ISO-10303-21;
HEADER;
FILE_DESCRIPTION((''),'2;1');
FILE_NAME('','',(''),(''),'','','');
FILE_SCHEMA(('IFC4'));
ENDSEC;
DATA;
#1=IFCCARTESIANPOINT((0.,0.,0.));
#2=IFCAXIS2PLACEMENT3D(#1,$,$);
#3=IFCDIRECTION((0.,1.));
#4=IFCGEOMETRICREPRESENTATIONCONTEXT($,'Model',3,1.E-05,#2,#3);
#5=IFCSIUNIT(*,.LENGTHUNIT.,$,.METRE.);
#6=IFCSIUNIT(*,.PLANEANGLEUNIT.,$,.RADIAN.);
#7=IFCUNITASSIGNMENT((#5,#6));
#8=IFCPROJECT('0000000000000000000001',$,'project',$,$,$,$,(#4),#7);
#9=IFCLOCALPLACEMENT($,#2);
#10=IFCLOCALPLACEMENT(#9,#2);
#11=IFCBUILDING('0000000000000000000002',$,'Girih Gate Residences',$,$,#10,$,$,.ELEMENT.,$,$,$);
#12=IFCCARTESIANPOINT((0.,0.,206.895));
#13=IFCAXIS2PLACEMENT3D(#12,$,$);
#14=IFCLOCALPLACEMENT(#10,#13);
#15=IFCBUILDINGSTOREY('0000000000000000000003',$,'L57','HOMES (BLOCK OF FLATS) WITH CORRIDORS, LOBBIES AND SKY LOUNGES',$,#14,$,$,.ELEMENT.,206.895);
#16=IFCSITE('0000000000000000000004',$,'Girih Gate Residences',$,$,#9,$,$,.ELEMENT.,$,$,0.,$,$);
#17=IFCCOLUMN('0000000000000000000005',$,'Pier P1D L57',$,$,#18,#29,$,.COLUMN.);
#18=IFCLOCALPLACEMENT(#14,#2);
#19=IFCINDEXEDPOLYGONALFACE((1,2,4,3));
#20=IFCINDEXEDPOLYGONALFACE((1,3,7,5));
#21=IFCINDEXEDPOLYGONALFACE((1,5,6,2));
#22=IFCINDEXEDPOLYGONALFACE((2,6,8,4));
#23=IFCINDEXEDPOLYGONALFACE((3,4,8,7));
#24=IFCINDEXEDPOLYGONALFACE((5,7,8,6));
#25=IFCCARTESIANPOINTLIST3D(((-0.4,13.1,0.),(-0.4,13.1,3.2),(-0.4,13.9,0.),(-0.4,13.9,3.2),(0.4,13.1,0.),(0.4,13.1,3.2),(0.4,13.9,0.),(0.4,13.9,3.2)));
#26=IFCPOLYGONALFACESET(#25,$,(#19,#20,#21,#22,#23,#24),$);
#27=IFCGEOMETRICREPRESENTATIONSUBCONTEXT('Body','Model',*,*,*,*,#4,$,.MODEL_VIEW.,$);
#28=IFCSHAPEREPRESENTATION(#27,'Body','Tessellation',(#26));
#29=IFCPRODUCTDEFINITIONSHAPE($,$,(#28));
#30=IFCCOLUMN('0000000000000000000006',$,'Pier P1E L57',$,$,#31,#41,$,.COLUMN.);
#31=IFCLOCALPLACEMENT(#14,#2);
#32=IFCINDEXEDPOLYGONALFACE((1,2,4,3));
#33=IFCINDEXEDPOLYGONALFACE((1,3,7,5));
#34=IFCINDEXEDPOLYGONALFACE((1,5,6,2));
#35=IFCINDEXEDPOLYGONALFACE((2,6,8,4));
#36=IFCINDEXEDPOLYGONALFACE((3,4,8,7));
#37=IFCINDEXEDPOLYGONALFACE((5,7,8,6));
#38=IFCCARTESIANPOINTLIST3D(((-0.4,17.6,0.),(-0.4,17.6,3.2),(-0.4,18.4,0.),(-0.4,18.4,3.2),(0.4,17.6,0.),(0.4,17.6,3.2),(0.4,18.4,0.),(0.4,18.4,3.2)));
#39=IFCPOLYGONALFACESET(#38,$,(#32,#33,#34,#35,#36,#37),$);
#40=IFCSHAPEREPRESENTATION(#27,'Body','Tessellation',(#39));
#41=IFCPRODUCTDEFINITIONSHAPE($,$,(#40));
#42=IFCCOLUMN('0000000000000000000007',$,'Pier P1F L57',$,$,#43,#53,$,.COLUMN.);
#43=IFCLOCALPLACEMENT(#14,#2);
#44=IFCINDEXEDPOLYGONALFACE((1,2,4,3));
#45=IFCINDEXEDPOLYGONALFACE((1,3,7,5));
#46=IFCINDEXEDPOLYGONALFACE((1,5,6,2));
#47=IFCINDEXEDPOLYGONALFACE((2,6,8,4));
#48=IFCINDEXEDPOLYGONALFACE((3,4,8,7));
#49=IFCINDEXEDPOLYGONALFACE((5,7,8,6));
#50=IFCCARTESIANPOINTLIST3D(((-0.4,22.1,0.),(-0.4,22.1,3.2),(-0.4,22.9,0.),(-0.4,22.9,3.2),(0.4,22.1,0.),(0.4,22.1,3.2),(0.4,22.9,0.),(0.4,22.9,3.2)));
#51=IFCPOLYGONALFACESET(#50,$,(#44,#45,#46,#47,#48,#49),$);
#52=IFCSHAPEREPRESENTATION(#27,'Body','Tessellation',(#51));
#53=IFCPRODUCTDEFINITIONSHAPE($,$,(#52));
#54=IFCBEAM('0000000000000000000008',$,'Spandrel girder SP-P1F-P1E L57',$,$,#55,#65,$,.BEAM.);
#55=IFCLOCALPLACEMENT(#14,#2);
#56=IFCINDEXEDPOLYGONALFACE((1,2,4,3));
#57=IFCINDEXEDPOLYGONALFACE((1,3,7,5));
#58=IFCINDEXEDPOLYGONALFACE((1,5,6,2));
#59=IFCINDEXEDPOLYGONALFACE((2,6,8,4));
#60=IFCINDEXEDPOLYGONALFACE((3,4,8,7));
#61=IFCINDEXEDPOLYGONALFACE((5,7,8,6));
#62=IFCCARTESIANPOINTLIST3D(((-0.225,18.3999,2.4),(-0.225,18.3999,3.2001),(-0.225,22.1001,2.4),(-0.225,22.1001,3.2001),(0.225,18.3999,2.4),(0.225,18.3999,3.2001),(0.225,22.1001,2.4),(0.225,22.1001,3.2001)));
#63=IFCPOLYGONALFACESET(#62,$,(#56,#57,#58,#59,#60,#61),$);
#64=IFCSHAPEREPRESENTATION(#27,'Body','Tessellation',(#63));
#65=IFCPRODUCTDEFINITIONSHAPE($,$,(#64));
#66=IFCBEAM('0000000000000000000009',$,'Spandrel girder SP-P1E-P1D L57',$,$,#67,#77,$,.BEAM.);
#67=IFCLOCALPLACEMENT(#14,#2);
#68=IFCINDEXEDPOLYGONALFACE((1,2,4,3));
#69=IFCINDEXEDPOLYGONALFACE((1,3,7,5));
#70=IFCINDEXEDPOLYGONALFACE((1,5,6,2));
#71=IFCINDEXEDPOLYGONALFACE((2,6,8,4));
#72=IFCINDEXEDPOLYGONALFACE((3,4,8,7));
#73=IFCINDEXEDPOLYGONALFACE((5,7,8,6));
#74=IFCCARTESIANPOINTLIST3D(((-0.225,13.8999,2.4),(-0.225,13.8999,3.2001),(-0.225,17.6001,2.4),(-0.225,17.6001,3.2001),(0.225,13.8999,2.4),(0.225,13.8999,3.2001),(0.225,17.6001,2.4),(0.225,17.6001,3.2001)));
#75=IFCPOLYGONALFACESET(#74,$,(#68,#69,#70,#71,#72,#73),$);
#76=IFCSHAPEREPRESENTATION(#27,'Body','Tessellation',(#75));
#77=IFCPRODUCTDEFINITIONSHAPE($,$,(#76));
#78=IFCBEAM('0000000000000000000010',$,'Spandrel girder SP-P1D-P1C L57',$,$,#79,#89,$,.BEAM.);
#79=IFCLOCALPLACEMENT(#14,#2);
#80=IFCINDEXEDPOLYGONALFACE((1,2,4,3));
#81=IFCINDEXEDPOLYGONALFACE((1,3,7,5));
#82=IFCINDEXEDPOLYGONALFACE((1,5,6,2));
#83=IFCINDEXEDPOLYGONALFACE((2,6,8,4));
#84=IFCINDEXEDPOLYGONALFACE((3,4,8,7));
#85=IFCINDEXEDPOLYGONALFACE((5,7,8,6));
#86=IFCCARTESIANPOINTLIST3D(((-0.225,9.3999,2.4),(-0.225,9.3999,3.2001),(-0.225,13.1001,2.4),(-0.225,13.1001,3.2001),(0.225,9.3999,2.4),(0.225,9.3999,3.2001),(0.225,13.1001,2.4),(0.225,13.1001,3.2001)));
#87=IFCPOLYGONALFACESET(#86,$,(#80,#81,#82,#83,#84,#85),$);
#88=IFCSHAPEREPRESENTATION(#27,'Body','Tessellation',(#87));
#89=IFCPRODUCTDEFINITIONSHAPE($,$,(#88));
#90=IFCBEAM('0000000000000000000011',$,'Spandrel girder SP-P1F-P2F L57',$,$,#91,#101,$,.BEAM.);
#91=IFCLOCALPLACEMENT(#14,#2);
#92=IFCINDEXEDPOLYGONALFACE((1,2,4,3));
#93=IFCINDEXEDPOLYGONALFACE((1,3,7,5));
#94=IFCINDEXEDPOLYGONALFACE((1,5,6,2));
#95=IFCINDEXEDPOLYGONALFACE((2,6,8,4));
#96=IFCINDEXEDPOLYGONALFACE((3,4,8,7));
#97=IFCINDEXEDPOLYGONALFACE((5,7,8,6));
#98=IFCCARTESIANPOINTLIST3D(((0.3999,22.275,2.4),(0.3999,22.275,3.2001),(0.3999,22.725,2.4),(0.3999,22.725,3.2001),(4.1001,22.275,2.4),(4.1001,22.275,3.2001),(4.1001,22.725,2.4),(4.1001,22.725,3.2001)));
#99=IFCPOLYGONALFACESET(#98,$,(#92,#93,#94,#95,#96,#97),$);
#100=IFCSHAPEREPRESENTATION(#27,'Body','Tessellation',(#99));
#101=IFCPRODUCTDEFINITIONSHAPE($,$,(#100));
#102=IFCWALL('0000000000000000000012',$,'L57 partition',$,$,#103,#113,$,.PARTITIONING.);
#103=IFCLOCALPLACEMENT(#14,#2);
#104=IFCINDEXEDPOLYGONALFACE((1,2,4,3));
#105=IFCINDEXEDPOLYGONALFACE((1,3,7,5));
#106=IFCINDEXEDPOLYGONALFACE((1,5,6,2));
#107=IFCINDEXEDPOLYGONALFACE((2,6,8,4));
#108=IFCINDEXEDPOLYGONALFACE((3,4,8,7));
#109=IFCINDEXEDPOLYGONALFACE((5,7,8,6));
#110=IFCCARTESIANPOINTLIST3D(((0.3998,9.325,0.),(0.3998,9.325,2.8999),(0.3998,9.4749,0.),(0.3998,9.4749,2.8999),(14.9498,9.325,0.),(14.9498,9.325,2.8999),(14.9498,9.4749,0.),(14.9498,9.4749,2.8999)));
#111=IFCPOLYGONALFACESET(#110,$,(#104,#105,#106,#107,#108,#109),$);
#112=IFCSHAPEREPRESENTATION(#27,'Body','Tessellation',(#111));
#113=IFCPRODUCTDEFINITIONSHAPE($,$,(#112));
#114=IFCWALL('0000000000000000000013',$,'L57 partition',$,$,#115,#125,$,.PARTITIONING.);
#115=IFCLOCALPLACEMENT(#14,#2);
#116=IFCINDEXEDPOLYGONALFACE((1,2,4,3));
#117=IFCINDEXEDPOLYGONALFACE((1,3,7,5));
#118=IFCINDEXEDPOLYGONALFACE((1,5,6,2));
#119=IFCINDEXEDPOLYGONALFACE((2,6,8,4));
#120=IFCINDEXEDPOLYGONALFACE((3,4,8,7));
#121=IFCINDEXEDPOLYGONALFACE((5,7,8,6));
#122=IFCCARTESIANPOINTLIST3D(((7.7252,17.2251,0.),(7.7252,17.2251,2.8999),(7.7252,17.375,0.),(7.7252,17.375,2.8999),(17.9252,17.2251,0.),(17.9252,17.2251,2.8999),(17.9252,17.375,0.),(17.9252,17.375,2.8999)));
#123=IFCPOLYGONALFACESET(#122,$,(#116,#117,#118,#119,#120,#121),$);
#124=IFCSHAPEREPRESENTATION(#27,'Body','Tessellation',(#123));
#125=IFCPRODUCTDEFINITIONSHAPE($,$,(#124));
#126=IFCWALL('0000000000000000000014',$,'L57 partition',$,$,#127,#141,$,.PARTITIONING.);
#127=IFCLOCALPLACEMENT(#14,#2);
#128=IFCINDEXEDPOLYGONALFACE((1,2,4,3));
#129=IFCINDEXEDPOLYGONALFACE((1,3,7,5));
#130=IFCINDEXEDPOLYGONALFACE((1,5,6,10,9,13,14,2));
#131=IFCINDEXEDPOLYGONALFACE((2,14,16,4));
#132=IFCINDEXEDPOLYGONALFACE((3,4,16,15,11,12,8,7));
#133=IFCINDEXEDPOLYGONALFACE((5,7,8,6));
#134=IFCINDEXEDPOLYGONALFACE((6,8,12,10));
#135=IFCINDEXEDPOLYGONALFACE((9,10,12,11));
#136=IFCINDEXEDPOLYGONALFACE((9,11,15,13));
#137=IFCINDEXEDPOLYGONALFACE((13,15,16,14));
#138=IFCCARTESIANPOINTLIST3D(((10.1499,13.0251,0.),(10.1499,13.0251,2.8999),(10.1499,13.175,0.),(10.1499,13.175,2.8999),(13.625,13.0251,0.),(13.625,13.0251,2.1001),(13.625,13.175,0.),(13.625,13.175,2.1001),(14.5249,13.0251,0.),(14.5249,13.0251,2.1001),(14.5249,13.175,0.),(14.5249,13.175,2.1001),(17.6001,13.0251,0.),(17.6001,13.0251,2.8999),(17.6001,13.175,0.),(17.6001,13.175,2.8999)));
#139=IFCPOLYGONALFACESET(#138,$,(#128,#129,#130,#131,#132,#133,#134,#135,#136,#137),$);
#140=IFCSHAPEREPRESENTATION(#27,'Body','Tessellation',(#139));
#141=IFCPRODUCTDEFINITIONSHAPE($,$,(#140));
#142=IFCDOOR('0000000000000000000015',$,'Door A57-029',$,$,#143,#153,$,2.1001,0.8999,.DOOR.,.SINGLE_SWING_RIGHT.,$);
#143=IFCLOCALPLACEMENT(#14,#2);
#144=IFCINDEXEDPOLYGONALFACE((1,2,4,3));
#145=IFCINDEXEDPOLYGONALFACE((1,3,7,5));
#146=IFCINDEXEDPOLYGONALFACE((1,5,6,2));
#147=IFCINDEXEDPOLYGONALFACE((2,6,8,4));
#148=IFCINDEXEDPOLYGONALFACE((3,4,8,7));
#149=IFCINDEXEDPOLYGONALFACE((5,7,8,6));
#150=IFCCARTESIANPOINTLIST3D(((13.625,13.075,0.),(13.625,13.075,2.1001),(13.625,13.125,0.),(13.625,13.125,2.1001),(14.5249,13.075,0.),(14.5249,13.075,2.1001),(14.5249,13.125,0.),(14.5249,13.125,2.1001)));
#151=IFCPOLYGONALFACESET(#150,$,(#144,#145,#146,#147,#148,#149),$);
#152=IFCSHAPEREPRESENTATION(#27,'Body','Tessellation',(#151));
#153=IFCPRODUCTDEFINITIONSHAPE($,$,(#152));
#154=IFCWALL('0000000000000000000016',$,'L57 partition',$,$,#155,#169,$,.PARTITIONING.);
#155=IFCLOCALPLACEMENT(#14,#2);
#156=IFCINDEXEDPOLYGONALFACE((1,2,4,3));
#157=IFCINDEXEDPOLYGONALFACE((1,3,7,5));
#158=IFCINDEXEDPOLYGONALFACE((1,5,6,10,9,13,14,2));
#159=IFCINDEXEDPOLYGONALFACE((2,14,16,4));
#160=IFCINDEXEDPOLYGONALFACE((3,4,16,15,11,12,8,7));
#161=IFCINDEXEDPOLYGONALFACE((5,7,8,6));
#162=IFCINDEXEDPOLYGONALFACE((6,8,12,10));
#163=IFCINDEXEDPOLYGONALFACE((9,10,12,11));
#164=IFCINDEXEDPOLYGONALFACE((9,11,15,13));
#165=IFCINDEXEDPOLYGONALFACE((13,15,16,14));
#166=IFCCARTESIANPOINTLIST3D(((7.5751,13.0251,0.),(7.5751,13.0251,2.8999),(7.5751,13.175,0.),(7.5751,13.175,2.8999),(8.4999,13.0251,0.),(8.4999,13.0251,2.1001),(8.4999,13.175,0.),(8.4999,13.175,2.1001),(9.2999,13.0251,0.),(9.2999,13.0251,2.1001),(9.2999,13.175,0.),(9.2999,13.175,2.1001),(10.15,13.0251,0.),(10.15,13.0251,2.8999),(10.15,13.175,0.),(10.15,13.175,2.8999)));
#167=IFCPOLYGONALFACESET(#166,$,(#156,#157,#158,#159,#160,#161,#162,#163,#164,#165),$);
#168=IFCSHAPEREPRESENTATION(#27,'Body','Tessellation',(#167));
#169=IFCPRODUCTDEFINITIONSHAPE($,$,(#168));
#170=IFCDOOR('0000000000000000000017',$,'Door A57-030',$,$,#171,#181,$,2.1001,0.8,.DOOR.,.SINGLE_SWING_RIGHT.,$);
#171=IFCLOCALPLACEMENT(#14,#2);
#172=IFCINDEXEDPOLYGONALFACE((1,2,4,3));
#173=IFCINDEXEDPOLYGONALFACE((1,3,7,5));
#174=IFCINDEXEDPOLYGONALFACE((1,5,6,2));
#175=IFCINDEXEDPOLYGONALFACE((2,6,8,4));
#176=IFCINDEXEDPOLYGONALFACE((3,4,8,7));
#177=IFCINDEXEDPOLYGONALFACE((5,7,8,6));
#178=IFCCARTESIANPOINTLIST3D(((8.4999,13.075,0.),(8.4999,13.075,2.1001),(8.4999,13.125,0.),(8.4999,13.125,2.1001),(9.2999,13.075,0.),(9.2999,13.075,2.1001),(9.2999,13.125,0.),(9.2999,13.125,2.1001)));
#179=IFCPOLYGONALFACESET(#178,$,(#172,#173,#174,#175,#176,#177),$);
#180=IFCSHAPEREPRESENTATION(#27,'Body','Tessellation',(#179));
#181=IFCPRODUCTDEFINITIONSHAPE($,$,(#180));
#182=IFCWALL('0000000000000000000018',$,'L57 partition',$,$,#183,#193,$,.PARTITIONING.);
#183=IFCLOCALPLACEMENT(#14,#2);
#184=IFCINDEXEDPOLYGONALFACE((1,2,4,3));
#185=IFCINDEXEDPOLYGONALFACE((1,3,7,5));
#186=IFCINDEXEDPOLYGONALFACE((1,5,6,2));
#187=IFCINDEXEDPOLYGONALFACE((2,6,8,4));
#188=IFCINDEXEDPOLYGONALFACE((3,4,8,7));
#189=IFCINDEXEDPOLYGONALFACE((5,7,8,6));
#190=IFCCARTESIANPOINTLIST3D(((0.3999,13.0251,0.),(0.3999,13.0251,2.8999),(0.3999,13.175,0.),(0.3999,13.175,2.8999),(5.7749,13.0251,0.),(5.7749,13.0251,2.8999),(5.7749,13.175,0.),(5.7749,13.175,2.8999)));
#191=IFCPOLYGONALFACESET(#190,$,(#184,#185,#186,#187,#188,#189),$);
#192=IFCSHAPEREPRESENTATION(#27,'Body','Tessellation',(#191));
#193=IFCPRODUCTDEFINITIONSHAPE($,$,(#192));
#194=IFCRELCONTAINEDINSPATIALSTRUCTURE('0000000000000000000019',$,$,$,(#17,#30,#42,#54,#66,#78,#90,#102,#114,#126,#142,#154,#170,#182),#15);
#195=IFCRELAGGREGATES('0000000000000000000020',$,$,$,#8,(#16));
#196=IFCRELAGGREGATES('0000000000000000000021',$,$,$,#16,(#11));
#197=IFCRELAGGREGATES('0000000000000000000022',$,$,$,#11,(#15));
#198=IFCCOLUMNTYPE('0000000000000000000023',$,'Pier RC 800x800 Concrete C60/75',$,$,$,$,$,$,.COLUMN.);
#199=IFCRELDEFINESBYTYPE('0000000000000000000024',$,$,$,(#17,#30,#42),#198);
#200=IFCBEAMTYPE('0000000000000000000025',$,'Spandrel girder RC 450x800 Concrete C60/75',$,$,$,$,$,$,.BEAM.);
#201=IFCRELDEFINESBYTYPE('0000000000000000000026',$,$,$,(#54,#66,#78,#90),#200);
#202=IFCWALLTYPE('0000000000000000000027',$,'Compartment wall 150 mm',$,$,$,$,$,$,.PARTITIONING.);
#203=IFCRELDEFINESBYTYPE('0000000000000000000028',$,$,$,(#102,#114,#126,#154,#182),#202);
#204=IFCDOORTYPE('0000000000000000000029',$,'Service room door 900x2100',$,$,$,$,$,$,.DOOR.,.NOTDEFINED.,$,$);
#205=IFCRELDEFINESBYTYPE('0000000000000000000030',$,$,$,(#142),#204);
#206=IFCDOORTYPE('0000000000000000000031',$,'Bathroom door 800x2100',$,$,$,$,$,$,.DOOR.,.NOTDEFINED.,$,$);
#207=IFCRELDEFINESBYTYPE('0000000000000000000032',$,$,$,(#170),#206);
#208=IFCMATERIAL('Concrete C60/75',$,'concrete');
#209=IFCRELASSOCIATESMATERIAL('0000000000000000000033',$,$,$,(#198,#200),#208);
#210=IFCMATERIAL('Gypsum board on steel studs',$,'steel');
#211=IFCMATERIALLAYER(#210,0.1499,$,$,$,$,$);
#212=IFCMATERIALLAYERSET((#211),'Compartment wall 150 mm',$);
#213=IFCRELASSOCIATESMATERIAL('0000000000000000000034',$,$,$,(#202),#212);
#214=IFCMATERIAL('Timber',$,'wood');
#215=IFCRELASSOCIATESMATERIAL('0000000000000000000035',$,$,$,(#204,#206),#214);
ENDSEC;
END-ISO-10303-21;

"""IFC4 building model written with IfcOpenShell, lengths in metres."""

from ifc_helpers import new_model, si_unit, direction, frame, frame_2d, origin, origin_2d, place, context, subcontext, project, spatial, rectangle, extrude, material, layer, layer_set, material_profile, profile_set, type_object, element, fill, save


model = new_model("IFC4")

# Units and contexts
model_context = context("Model", 3, precision=1e-05, world=origin(), true_north=direction((0.0, 1.0)))
body_context = subcontext(model_context, "Body", "Model", "MODEL_VIEW")
ifc_project = project(units=[si_unit("LENGTHUNIT", "METRE"), si_unit("PLANEANGLEUNIT", "RADIAN")], contexts=[model_context])

# Site, building, storey
site_placement = place(None, origin())
site = spatial("IfcSite", under=ifc_project, at=site_placement, Name="Girih Gate Residences", CompositionType="ELEMENT", RefElevation=0.0)
building_placement = place(site_placement, origin())
building = spatial("IfcBuilding", under=site, at=building_placement, Name="Girih Gate Residences", CompositionType="ELEMENT")
storey_placement = place(building_placement, frame((0.0, 0.0, 206.895)))
storey = spatial("IfcBuildingStorey", under=building, at=storey_placement, Name="L57", Description="HOMES (BLOCK OF FLATS) WITH CORRIDORS, LOBBIES AND SKY LOUNGES", CompositionType="ELEMENT", Elevation=206.895)

# Columns
ifc_material_1 = material(Name="Concrete C60/75", Category="concrete")
ifc_material_profile_1 = material_profile(ifc_material_1, rectangle(XDim=0.8, YDim=0.8, at=origin_2d()))
ifc_profile_set_1 = profile_set([ifc_material_profile_1], Name="Concrete C60/75")
column_type = type_object("IfcColumnType", Name="Pier RC 800x800 Concrete C60/75", PredefinedType="COLUMN", material=ifc_profile_set_1)
for number, where, z_axis, x_axis, name in (
    (1, (0.0, 13.5, 0.0), (0.0, 0.0, 1.0), (1.0, 0.0, 0.0), "Pier P1D L57"),
    (2, (0.0, 18.0, 0.0), (0.0, 0.0, 1.0), (1.0, 0.0, 0.0), "Pier P1E L57"),
    (3, (0.0, 22.5, 0.0), (0.0, 0.0, 1.0), (1.0, 0.0, 0.0), "Pier P1F L57"),
):
    element("IfcColumn", number, at=place(storey_placement, frame(where, z_axis=z_axis, x_axis=x_axis)), inside=storey, type_object=column_type, Name=name, PredefinedType="COLUMN", context=body_context, shape_type="SweptSolid", body=[
        extrude(rectangle(XDim=0.8, YDim=0.8, at=origin_2d()), origin(), (0.0, 0.0, 1.0), 3.2),
    ])

# Beams
ifc_material_profile_2 = material_profile(ifc_material_1, rectangle(XDim=0.45, YDim=0.8, at=origin_2d()))
ifc_profile_set_2 = profile_set([ifc_material_profile_2], Name="Concrete C60/75")
beam_type = type_object("IfcBeamType", Name="Spandrel girder RC 450x800 Concrete C60/75", PredefinedType="BEAM", material=ifc_profile_set_2)
for number, where, z_axis, x_axis, name in (
    (4, (0.0, 22.1001, 2.8), (0.0, -1.0, 0.0), (1.0, 0.0, 0.0), "Spandrel girder SP-P1F-P1E L57"),
    (5, (0.0, 17.6001, 2.8), (0.0, -1.0, 0.0), (1.0, 0.0, 0.0), "Spandrel girder SP-P1E-P1D L57"),
    (6, (0.0, 13.1001, 2.8), (0.0, -1.0, 0.0), (1.0, 0.0, 0.0), "Spandrel girder SP-P1D-P1C L57"),
    (7, (0.3999, 22.5, 2.8), (1.0, 0.0, 0.0), (0.0, 1.0, 0.0), "Spandrel girder SP-P1F-P2F L57"),
):
    element("IfcBeam", number, at=place(storey_placement, frame(where, z_axis=z_axis, x_axis=x_axis)), inside=storey, type_object=beam_type, Name=name, PredefinedType="BEAM", context=body_context, shape_type="SweptSolid", body=[
        extrude(rectangle(XDim=0.45, YDim=0.8, at=origin_2d()), origin(), (0.0, 0.0, 1.0), 3.7002),
    ])

# Walls
ifc_material_2 = material(Name="Gypsum board on steel studs", Category="steel")
ifc_layer_1 = layer(ifc_material_2, 0.1499)
ifc_layer_set_1 = layer_set([ifc_layer_1], Name="Compartment wall 150 mm")
wall_type_1 = type_object("IfcWallType", Name="Compartment wall 150 mm", PredefinedType="PARTITIONING", material=ifc_layer_set_1)
wall_1_placement = place(storey_placement, frame((0.3999, 9.3999, 0.0), z_axis=(0.0, 0.0, 1.0), x_axis=(1.0, 0.0, 0.0)))
element("IfcWall", 8, at=wall_1_placement, inside=storey, type_object=wall_type_1, Name="L57 partition", PredefinedType="PARTITIONING", context=body_context, shape_type="SweptSolid", body=[
    extrude(rectangle(XDim=14.55, YDim=0.1499, at=frame_2d((7.2749, 0.0))), origin(), (0.0, 0.0, 1.0), 2.8999),
])
wall_2_placement = place(storey_placement, frame((7.7251, 17.3, 0.0), z_axis=(0.0, 0.0, 1.0), x_axis=(1.0, 0.0, 0.0)))
element("IfcWall", 9, at=wall_2_placement, inside=storey, type_object=wall_type_1, Name="L57 partition", PredefinedType="PARTITIONING", context=body_context, shape_type="SweptSolid", body=[
    extrude(rectangle(XDim=10.2, YDim=0.1499, at=frame_2d((5.1001, 0.0))), origin(), (0.0, 0.0, 1.0), 2.8999),
])

# Walls, openings, doors
wall_3_placement = place(storey_placement, frame((10.1499, 13.1001, 0.0), z_axis=(0.0, 0.0, 1.0), x_axis=(1.0, 0.0, 0.0)))
wall_3 = element("IfcWall", 10, at=wall_3_placement, inside=storey, type_object=wall_type_1, Name="L57 partition", PredefinedType="PARTITIONING", context=body_context, shape_type="SweptSolid", body=[
    extrude(rectangle(XDim=7.4502, YDim=0.1499, at=frame_2d((3.7251, 0.0))), origin(), (0.0, 0.0, 1.0), 2.8999),
])
opening_1_placement = place(wall_3_placement, frame((3.4751, 0.0, 0.0)))
opening_1 = element("IfcOpeningElement", 11, at=opening_1_placement, cuts=wall_3, PredefinedType="OPENING", context=body_context, shape_type="SweptSolid", body=[
    extrude(rectangle(XDim=0.8999, YDim=2.1001, at=frame_2d((0.45, 1.05))), frame((0.0, 0.085, 0.0), z_axis=(0.0, -1.0, 0.0), x_axis=(1.0, 0.0, 0.0)), (0.0, 0.0, 1.0), 0.1699),
])
ifc_material_3 = material(Name="Timber", Category="wood")
door_type_1 = type_object("IfcDoorType", Name="Service room door 900x2100", OperationType="NOTDEFINED", PredefinedType="DOOR", material=ifc_material_3)
door_1_placement = place(opening_1_placement, origin())
door_1 = element("IfcDoor", 12, at=door_1_placement, inside=storey, type_object=door_type_1, Name="Door A57-029", OperationType="SINGLE_SWING_RIGHT", OverallHeight=2.1001, OverallWidth=0.8999, PredefinedType="DOOR", context=body_context, shape_type="SweptSolid", body=[
    extrude(rectangle(XDim=0.8999, YDim=2.1001, at=frame_2d((0.45, 1.05))), frame((0.0, 0.0249, 0.0), z_axis=(0.0, -1.0, 0.0), x_axis=(1.0, 0.0, 0.0)), (0.0, 0.0, 1.0), 0.05),
])
fill(opening_1, door_1)
wall_4_placement = place(storey_placement, frame((7.575, 13.1001, 0.0), z_axis=(0.0, 0.0, 1.0), x_axis=(1.0, 0.0, 0.0)))
wall_4 = element("IfcWall", 13, at=wall_4_placement, inside=storey, type_object=wall_type_1, Name="L57 partition", PredefinedType="PARTITIONING", context=body_context, shape_type="SweptSolid", body=[
    extrude(rectangle(XDim=2.575, YDim=0.1499, at=frame_2d((1.2876, 0.0))), origin(), (0.0, 0.0, 1.0), 2.8999),
])
opening_2_placement = place(wall_4_placement, frame((0.925, 0.0, 0.0)))
opening_2 = element("IfcOpeningElement", 14, at=opening_2_placement, cuts=wall_4, PredefinedType="OPENING", context=body_context, shape_type="SweptSolid", body=[
    extrude(rectangle(XDim=0.8, YDim=2.1001, at=frame_2d((0.3999, 1.05))), frame((0.0, 0.085, 0.0), z_axis=(0.0, -1.0, 0.0), x_axis=(1.0, 0.0, 0.0)), (0.0, 0.0, 1.0), 0.1699),
])
door_type_2 = type_object("IfcDoorType", Name="Bathroom door 800x2100", OperationType="NOTDEFINED", PredefinedType="DOOR", material=ifc_material_3)
door_2_placement = place(opening_2_placement, origin())
door_2 = element("IfcDoor", 15, at=door_2_placement, inside=storey, type_object=door_type_2, Name="Door A57-030", OperationType="SINGLE_SWING_RIGHT", OverallHeight=2.1001, OverallWidth=0.8, PredefinedType="DOOR", context=body_context, shape_type="SweptSolid", body=[
    extrude(rectangle(XDim=0.8, YDim=2.1001, at=frame_2d((0.3999, 1.05))), frame((0.0, 0.0249, 0.0), z_axis=(0.0, -1.0, 0.0), x_axis=(1.0, 0.0, 0.0)), (0.0, 0.0, 1.0), 0.05),
])
fill(opening_2, door_2)

# Wall
wall_5_placement = place(storey_placement, frame((0.3999, 13.1001, 0.0), z_axis=(0.0, 0.0, 1.0), x_axis=(1.0, 0.0, 0.0)))
element("IfcWall", 16, at=wall_5_placement, inside=storey, type_object=wall_type_1, Name="L57 partition", PredefinedType="PARTITIONING", context=body_context, shape_type="SweptSolid", body=[
    extrude(rectangle(XDim=5.375, YDim=0.1499, at=frame_2d((2.6875, 0.0))), origin(), (0.0, 0.0, 1.0), 2.8999),
])

save(model, "model.ifc")
